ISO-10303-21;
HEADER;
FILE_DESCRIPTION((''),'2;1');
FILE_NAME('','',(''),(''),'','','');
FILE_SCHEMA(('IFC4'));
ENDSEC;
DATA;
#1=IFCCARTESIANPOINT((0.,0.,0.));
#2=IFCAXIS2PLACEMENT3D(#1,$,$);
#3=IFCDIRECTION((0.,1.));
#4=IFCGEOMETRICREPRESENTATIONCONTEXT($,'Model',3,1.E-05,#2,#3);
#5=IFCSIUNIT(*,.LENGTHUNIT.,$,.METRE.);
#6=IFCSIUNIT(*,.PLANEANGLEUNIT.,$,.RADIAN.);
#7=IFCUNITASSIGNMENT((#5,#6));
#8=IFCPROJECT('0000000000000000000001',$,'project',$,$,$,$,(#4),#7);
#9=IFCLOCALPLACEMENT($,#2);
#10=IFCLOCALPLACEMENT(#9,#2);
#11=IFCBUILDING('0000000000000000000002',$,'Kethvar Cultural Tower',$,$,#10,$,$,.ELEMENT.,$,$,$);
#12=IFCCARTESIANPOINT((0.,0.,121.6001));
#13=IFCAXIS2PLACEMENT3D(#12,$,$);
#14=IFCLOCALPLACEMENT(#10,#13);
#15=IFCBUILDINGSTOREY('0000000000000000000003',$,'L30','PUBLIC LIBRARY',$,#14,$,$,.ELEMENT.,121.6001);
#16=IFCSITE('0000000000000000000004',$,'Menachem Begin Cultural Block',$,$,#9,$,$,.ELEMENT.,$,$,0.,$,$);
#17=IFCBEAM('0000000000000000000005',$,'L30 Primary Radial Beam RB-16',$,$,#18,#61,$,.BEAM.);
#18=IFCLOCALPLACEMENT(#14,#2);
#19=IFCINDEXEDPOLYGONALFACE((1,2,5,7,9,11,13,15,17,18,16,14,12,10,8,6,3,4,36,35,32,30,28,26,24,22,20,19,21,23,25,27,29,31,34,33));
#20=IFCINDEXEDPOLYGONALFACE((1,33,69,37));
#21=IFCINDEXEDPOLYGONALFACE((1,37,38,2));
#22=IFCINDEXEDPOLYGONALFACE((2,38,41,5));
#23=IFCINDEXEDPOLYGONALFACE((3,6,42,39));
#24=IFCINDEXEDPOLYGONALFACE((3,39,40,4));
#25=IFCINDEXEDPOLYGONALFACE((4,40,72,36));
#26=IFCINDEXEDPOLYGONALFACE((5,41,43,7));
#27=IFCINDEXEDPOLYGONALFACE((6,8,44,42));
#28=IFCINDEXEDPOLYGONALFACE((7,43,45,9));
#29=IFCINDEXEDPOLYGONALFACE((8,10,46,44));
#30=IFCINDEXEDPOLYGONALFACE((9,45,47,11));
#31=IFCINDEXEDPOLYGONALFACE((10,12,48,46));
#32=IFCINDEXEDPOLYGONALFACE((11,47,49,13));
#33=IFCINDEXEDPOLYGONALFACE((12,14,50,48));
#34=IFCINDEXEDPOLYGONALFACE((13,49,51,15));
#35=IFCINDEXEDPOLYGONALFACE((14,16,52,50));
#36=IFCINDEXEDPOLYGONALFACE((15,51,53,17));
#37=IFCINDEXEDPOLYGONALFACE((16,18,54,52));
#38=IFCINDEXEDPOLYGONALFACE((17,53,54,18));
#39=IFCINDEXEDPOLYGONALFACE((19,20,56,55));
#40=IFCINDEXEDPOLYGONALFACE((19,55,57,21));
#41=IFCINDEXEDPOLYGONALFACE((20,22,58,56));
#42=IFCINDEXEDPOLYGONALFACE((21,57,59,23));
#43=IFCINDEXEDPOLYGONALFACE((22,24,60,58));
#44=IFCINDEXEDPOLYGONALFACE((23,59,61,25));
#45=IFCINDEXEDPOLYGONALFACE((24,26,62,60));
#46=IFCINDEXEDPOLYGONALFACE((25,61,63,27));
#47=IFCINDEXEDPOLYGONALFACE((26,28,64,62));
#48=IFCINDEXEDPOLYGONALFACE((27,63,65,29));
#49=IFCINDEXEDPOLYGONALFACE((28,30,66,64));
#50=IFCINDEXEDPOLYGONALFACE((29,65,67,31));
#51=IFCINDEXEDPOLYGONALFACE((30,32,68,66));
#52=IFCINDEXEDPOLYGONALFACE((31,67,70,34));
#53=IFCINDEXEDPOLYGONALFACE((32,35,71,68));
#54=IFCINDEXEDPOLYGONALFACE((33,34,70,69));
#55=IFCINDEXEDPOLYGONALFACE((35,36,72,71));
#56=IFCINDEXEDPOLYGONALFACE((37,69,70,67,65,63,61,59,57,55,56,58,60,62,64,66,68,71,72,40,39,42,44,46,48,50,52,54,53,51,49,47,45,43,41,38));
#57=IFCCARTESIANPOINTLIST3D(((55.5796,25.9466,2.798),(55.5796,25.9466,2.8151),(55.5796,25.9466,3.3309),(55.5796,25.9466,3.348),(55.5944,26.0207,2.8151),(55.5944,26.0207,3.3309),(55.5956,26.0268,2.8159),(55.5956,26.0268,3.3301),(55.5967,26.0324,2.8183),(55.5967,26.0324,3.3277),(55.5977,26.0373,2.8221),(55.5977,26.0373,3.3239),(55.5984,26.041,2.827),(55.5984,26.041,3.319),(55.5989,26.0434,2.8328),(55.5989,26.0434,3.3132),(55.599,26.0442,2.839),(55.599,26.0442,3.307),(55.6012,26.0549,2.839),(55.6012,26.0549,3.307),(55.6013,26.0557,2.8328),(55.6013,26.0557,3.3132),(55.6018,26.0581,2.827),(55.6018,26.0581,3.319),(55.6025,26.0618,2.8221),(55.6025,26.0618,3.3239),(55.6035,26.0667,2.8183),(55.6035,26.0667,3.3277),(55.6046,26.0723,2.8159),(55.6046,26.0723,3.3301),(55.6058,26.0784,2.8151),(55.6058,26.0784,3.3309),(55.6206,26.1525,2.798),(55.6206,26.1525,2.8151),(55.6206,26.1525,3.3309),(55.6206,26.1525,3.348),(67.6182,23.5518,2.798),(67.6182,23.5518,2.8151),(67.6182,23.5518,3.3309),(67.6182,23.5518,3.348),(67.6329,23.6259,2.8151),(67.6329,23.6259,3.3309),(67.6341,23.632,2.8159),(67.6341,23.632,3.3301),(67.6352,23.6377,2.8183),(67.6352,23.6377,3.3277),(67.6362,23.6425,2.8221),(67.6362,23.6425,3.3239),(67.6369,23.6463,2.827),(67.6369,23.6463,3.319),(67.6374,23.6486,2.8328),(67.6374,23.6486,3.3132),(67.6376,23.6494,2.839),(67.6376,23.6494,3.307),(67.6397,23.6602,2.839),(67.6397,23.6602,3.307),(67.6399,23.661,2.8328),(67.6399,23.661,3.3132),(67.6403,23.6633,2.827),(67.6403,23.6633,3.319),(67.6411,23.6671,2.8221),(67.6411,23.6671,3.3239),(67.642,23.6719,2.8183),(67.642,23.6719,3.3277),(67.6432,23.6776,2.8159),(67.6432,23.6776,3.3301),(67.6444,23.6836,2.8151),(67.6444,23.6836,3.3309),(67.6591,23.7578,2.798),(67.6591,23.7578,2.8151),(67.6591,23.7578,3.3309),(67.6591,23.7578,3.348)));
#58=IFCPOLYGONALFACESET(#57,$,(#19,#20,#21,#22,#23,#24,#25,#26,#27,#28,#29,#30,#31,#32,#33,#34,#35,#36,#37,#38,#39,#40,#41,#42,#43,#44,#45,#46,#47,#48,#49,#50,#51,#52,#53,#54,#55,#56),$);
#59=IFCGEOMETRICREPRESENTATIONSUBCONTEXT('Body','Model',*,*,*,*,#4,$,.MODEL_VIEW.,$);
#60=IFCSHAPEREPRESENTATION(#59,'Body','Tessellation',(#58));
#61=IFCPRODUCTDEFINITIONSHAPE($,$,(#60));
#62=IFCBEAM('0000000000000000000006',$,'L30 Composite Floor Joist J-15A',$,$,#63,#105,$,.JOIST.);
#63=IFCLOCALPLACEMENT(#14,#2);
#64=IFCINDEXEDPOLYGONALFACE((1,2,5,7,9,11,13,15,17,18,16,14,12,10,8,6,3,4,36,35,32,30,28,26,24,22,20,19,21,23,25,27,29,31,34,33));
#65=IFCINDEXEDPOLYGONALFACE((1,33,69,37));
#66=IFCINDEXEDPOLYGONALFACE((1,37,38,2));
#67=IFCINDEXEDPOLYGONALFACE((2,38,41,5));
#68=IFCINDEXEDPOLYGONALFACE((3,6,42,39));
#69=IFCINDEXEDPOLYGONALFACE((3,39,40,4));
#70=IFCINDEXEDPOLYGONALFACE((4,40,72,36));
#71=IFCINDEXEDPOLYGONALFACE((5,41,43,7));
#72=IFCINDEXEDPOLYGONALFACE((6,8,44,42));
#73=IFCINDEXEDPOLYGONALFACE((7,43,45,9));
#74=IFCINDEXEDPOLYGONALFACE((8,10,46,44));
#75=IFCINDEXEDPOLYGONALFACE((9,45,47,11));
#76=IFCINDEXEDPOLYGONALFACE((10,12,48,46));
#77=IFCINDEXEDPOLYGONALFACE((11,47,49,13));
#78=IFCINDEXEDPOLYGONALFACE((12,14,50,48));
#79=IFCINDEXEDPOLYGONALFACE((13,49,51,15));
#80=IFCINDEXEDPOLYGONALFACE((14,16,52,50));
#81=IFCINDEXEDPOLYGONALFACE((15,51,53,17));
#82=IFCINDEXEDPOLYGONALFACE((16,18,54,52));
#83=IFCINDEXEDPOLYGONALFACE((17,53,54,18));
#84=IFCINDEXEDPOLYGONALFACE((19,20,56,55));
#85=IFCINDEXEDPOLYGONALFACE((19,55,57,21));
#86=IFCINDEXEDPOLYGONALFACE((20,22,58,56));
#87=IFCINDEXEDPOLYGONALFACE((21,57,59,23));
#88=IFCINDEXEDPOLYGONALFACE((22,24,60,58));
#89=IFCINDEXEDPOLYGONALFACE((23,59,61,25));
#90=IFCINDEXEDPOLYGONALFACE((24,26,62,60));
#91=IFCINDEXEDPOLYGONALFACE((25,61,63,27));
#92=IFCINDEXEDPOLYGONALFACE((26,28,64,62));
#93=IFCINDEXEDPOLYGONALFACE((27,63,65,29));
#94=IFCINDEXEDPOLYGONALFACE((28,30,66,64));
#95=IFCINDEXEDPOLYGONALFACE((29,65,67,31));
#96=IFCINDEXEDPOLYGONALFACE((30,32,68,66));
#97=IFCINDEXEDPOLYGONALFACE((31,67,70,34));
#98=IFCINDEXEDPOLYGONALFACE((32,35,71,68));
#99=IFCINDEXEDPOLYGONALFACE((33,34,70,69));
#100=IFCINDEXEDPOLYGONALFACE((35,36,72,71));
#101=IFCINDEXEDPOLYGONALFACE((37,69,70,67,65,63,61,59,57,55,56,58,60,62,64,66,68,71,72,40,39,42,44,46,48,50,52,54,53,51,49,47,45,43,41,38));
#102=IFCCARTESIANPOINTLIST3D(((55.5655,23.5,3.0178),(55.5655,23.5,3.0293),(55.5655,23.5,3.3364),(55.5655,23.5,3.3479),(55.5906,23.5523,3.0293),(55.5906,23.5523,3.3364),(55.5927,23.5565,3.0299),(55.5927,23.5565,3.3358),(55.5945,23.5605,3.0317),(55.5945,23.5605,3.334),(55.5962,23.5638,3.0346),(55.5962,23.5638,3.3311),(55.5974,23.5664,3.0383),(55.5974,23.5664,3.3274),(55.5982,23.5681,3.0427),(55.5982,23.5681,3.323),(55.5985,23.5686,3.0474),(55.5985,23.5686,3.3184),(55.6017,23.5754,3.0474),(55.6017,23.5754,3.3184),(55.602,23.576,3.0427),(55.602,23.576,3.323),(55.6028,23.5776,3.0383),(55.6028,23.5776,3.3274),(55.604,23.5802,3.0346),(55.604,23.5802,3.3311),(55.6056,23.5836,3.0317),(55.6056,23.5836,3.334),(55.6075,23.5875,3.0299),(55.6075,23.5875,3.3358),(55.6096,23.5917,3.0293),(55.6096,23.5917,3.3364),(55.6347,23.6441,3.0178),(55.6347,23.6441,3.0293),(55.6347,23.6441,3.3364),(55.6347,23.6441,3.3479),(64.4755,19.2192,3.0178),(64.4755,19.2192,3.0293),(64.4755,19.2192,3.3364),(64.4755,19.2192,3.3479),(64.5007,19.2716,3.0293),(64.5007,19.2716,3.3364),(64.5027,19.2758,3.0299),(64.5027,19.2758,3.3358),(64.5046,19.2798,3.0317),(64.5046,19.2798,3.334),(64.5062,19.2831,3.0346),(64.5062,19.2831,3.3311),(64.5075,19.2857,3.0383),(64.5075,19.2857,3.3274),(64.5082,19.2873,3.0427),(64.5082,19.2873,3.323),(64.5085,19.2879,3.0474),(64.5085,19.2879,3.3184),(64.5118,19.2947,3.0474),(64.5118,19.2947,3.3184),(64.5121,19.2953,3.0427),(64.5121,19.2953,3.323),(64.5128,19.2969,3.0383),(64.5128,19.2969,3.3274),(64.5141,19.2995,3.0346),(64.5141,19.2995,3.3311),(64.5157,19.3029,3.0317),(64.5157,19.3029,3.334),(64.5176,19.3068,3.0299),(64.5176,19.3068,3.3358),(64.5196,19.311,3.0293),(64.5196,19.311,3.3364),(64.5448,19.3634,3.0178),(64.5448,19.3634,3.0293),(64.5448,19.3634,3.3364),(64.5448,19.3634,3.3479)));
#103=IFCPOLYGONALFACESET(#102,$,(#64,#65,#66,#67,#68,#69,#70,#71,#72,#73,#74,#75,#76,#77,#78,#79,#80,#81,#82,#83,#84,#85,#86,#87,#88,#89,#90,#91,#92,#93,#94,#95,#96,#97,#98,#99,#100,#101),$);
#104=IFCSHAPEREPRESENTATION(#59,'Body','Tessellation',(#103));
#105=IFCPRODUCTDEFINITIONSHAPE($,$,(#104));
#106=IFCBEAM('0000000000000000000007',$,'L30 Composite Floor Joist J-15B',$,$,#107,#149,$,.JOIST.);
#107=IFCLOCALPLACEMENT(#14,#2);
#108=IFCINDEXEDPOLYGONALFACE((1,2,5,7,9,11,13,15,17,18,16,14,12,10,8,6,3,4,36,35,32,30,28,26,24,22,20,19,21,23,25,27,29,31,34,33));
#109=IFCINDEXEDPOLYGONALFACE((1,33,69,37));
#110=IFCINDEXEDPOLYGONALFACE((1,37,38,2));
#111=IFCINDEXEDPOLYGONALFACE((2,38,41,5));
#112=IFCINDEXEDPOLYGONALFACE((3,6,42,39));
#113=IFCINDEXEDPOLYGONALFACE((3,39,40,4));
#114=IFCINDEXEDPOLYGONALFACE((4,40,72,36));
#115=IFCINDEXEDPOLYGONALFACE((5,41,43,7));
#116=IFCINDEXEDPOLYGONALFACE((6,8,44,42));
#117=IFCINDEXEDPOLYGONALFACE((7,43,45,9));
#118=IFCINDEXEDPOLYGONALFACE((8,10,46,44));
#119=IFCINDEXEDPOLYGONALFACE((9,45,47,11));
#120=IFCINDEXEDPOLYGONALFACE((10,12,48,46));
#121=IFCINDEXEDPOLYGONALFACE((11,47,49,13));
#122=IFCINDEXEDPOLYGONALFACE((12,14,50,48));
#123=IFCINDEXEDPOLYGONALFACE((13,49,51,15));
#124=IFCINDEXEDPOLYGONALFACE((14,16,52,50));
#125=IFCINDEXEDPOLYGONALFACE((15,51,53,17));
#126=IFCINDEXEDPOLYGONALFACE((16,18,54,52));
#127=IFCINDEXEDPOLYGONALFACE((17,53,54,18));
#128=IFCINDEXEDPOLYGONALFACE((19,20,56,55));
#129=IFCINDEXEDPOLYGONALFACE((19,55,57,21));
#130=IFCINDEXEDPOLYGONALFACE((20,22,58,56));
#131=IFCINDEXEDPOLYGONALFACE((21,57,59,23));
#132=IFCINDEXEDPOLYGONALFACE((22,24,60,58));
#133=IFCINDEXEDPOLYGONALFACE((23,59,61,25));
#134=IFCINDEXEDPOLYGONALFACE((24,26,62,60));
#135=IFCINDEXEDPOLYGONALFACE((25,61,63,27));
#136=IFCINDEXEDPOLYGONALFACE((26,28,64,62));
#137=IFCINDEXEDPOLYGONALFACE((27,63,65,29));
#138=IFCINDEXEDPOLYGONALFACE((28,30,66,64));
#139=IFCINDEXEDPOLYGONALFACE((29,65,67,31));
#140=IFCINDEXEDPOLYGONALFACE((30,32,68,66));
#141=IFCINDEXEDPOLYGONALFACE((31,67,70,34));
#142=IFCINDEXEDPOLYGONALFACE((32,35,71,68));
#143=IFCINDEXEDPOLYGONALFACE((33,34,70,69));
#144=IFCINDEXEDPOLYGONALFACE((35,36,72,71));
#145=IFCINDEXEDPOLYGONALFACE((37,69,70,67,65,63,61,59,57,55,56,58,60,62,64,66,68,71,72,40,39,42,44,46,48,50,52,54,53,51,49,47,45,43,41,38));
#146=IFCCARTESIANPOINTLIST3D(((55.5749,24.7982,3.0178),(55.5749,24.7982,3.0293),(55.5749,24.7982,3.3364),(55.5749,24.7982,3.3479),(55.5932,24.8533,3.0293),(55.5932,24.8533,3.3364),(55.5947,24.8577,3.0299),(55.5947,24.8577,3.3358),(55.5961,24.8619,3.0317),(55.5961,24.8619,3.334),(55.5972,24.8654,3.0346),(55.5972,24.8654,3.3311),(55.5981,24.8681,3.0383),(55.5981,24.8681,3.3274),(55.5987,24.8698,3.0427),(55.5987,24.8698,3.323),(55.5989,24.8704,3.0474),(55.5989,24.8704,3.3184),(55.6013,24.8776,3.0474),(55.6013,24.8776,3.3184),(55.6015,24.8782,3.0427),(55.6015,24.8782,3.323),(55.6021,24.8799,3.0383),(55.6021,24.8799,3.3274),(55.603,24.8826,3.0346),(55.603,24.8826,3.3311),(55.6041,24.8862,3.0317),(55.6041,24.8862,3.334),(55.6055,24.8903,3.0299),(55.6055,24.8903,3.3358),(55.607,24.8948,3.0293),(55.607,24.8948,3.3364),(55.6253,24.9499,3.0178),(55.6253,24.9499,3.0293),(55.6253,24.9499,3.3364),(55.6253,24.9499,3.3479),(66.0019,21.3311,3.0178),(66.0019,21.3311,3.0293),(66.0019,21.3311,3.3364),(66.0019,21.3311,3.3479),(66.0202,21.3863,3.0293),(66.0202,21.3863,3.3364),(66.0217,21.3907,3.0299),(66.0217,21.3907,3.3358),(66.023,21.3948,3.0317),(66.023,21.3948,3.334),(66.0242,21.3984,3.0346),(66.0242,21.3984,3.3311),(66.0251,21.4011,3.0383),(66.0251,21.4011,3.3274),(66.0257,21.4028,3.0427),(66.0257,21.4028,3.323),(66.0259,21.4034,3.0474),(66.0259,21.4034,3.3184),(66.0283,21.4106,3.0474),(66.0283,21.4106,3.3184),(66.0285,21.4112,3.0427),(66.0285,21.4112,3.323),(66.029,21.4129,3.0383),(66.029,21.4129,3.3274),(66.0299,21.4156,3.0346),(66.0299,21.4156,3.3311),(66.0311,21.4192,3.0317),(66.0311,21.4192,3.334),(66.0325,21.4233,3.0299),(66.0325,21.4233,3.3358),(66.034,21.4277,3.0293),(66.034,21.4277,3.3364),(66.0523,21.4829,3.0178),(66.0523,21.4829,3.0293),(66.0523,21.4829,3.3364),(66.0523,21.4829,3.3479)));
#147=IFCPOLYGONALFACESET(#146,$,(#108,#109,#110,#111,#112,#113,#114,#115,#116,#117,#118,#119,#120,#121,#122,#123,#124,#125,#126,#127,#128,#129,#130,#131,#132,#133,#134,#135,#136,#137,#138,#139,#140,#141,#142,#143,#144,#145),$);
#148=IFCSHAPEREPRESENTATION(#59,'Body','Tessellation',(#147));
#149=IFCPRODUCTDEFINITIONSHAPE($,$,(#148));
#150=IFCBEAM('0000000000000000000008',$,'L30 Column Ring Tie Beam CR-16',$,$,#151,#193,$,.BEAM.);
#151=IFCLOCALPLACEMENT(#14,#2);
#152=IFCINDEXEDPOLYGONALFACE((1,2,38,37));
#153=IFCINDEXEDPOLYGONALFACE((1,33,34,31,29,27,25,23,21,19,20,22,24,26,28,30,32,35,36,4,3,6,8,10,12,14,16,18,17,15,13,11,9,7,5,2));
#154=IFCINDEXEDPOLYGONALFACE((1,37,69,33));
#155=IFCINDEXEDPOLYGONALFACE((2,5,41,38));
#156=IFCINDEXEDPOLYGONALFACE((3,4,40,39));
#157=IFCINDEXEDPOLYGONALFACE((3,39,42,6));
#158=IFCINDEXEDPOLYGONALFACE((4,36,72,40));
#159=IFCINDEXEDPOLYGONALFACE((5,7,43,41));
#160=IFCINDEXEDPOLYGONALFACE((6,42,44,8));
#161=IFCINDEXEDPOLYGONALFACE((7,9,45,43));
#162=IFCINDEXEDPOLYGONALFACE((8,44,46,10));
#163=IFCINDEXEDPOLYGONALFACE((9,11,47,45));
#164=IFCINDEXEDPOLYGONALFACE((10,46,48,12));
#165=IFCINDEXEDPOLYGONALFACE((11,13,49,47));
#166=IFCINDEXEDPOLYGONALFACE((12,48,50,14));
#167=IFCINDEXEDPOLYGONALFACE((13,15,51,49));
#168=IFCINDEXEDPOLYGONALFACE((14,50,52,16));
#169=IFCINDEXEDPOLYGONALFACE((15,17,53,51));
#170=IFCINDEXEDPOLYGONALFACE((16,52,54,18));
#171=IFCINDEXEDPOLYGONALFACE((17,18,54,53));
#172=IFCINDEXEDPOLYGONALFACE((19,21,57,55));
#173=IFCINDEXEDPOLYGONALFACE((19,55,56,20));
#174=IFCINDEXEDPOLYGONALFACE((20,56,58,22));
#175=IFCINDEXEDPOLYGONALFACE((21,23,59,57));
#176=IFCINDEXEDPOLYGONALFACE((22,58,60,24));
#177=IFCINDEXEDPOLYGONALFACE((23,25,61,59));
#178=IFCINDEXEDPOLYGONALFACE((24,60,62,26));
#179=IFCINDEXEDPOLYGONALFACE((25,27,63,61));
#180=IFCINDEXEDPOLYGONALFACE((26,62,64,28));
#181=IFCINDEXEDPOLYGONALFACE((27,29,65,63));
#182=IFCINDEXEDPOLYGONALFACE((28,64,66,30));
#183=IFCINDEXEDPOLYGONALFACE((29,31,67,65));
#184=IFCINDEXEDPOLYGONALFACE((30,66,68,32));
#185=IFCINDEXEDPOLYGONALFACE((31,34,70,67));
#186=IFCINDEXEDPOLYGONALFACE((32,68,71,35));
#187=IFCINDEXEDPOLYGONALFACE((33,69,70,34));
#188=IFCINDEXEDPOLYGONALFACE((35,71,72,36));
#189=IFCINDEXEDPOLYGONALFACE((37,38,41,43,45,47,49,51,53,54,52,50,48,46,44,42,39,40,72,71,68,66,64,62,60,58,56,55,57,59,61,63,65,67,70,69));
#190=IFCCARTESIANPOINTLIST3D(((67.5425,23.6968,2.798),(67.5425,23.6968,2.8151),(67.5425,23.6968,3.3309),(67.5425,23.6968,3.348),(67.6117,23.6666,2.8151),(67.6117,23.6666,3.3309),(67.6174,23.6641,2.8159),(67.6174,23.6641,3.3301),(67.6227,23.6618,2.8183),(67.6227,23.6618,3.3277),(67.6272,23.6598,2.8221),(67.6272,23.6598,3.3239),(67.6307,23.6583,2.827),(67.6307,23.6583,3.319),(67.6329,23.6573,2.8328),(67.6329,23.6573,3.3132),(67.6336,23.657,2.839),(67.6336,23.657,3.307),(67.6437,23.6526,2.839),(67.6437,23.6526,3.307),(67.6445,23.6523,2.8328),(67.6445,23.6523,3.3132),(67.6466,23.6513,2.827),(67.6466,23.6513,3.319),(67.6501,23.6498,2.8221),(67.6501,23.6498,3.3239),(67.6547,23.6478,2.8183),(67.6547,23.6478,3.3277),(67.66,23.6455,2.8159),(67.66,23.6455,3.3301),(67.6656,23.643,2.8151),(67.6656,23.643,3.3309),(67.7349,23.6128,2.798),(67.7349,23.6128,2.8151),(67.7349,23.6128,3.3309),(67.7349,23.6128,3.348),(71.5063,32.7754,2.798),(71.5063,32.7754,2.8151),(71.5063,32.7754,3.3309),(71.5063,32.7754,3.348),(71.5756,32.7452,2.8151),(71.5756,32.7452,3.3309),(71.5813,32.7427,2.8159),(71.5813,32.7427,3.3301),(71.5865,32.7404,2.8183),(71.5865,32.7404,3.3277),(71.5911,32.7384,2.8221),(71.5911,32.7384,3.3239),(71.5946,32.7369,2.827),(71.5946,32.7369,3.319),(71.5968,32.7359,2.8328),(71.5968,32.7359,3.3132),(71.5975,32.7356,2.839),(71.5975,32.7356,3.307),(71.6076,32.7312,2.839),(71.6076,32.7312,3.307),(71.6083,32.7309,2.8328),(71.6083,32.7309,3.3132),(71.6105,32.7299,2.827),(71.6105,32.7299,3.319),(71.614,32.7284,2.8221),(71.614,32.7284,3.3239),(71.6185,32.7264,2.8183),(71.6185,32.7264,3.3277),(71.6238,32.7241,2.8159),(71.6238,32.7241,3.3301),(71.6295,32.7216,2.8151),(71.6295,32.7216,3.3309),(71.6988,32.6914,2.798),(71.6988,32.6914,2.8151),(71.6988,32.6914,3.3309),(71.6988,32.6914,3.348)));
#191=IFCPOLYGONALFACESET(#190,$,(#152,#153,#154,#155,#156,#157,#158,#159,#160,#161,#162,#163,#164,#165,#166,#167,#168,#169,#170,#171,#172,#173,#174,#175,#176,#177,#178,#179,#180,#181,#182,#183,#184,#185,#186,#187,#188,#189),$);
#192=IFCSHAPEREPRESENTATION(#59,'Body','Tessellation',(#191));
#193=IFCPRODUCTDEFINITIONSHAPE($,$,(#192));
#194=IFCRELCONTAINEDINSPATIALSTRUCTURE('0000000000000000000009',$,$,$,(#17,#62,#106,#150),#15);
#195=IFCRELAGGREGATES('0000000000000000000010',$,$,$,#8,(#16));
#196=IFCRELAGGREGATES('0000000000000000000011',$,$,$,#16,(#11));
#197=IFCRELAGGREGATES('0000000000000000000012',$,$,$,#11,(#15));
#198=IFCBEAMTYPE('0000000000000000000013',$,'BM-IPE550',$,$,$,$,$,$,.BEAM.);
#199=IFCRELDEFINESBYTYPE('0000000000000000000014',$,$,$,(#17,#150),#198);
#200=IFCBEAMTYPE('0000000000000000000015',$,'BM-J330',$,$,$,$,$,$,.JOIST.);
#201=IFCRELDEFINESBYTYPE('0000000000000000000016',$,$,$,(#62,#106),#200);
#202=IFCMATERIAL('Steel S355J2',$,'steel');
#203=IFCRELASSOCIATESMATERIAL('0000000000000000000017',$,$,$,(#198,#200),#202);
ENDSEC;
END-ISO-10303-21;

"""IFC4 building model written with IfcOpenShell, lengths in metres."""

from ifc_helpers import new_model, si_unit, direction, frame, origin, origin_2d, place, context, subcontext, project, spatial, i_section, extrude, source, transform, mapped, material, material_profile, profile_set, type_object, element, save


model = new_model("IFC4")

# Units and contexts
model_context = context("Model", 3, precision=1e-05, world=origin(), true_north=direction((0.0, 1.0)))
body_context = subcontext(model_context, "Body", "Model", "MODEL_VIEW")
ifc_project = project(units=[si_unit("LENGTHUNIT", "METRE"), si_unit("PLANEANGLEUNIT", "RADIAN")], contexts=[model_context])

# Site, building, storey
site_placement = place(None, origin())
site = spatial("IfcSite", under=ifc_project, at=site_placement, Name="Menachem Begin Cultural Block", CompositionType="ELEMENT", RefElevation=0.0)
building_placement = place(site_placement, origin())
building = spatial("IfcBuilding", under=site, at=building_placement, Name="Kethvar Cultural Tower", CompositionType="ELEMENT")
storey_placement = place(building_placement, frame((0.0, 0.0, 121.6001)))
storey = spatial("IfcBuildingStorey", under=building, at=storey_placement, Name="L30", Description="PUBLIC LIBRARY", CompositionType="ELEMENT", Elevation=121.6001)

# Beams
ifc_material_1 = material(Name="Steel S355J2", Category="steel")
ifc_material_profile_1 = material_profile(ifc_material_1, i_section(OverallWidth=0.21, OverallDepth=0.55, WebThickness=0.011, FlangeThickness=0.0171, FilletRadius=0.0239, at=origin_2d()), Name="Steel S355J2 — IPE550")
ifc_profile_set_1 = profile_set([ifc_material_profile_1], Name="Steel S355J2 — IPE550")
beam_type_1 = type_object("IfcBeamType", Name="BM-IPE550", PredefinedType="BEAM", material=ifc_profile_set_1)
shared_shape_1 = source(origin(), body_context, "Body", "SweptSolid", [
    extrude(i_section(OverallWidth=0.21, OverallDepth=0.55, WebThickness=0.011, FlangeThickness=0.0171, FilletRadius=0.0239, at=origin_2d()), origin(), (0.0, 0.0, 1.0), 12.2744),
])
beam_1_placement = place(storey_placement, frame((55.6001, 26.0496, 3.073), z_axis=(0.980783, -0.195102, 0.0), x_axis=(0.195102, 0.980783, 0.0)))
element("IfcBeam", 1, at=beam_1_placement, inside=storey, type_object=beam_type_1, Name="L30 Primary Radial Beam RB-16", PredefinedType="BEAM", context=body_context, shape_type="MappedRepresentation", body=[
    mapped(shared_shape_1, transform((0.0, 0.0, 0.0), scale=1.0)),
])
ifc_material_profile_2 = material_profile(ifc_material_1, i_section(OverallWidth=0.1599, OverallDepth=0.3301, WebThickness=0.0076, FlangeThickness=0.0115, FilletRadius=0.0181, at=origin_2d()), Name="Steel S355J2 — IPE330")
ifc_profile_set_2 = profile_set([ifc_material_profile_2], Name="Steel S355J2 — IPE330")
beam_type_2 = type_object("IfcBeamType", Name="BM-J330", PredefinedType="JOIST", material=ifc_profile_set_2)
shared_shape_2 = source(origin(), body_context, "Body", "SweptSolid", [
    extrude(i_section(OverallWidth=0.1599, OverallDepth=0.3301, WebThickness=0.0076, FlangeThickness=0.0115, FilletRadius=0.0181, at=origin_2d()), origin(), (0.0, 0.0, 1.0), 9.885),
])
beam_2_placement = place(storey_placement, frame((55.6001, 23.572, 3.1829), z_axis=(0.90137, -0.433051, 0.0), x_axis=(0.433051, 0.90137, 0.0)))
element("IfcBeam", 2, at=beam_2_placement, inside=storey, type_object=beam_type_2, Name="L30 Composite Floor Joist J-15A", PredefinedType="JOIST", context=body_context, shape_type="MappedRepresentation", body=[
    mapped(shared_shape_2, transform((0.0, 0.0, 0.0), scale=1.0)),
])
shared_shape_3 = source(origin(), body_context, "Body", "SweptSolid", [
    extrude(i_section(OverallWidth=0.1599, OverallDepth=0.3301, WebThickness=0.0076, FlangeThickness=0.0115, FilletRadius=0.0181, at=origin_2d()), origin(), (0.0, 0.0, 1.0), 10.9883),
])
beam_3_placement = place(storey_placement, frame((55.6001, 24.874, 3.1829), z_axis=(0.948919, -0.315521, 0.0), x_axis=(0.315521, 0.948919, 0.0)))
element("IfcBeam", 3, at=beam_3_placement, inside=storey, type_object=beam_type_2, Name="L30 Composite Floor Joist J-15B", PredefinedType="JOIST", context=body_context, shape_type="MappedRepresentation", body=[
    mapped(shared_shape_3, transform((0.0, 0.0, 0.0), scale=1.0)),
])
shared_shape_4 = source(origin(), body_context, "Body", "SweptSolid", [
    extrude(i_section(OverallWidth=0.21, OverallDepth=0.55, WebThickness=0.011, FlangeThickness=0.0171, FilletRadius=0.0239, at=origin_2d()), origin(), (0.0, 0.0, 1.0), 9.9062),
])
beam_4_placement = place(storey_placement, frame((67.6387, 23.6548, 3.073), z_axis=(0.400139, 0.916455, 0.0), x_axis=(-0.916455, 0.400139, 0.0)))
element("IfcBeam", 4, at=beam_4_placement, inside=storey, type_object=beam_type_1, Name="L30 Column Ring Tie Beam CR-16", PredefinedType="BEAM", context=body_context, shape_type="MappedRepresentation", body=[
    mapped(shared_shape_4, transform((0.0, 0.0, 0.0), scale=1.0)),
])

save(model, "model.ifc")
